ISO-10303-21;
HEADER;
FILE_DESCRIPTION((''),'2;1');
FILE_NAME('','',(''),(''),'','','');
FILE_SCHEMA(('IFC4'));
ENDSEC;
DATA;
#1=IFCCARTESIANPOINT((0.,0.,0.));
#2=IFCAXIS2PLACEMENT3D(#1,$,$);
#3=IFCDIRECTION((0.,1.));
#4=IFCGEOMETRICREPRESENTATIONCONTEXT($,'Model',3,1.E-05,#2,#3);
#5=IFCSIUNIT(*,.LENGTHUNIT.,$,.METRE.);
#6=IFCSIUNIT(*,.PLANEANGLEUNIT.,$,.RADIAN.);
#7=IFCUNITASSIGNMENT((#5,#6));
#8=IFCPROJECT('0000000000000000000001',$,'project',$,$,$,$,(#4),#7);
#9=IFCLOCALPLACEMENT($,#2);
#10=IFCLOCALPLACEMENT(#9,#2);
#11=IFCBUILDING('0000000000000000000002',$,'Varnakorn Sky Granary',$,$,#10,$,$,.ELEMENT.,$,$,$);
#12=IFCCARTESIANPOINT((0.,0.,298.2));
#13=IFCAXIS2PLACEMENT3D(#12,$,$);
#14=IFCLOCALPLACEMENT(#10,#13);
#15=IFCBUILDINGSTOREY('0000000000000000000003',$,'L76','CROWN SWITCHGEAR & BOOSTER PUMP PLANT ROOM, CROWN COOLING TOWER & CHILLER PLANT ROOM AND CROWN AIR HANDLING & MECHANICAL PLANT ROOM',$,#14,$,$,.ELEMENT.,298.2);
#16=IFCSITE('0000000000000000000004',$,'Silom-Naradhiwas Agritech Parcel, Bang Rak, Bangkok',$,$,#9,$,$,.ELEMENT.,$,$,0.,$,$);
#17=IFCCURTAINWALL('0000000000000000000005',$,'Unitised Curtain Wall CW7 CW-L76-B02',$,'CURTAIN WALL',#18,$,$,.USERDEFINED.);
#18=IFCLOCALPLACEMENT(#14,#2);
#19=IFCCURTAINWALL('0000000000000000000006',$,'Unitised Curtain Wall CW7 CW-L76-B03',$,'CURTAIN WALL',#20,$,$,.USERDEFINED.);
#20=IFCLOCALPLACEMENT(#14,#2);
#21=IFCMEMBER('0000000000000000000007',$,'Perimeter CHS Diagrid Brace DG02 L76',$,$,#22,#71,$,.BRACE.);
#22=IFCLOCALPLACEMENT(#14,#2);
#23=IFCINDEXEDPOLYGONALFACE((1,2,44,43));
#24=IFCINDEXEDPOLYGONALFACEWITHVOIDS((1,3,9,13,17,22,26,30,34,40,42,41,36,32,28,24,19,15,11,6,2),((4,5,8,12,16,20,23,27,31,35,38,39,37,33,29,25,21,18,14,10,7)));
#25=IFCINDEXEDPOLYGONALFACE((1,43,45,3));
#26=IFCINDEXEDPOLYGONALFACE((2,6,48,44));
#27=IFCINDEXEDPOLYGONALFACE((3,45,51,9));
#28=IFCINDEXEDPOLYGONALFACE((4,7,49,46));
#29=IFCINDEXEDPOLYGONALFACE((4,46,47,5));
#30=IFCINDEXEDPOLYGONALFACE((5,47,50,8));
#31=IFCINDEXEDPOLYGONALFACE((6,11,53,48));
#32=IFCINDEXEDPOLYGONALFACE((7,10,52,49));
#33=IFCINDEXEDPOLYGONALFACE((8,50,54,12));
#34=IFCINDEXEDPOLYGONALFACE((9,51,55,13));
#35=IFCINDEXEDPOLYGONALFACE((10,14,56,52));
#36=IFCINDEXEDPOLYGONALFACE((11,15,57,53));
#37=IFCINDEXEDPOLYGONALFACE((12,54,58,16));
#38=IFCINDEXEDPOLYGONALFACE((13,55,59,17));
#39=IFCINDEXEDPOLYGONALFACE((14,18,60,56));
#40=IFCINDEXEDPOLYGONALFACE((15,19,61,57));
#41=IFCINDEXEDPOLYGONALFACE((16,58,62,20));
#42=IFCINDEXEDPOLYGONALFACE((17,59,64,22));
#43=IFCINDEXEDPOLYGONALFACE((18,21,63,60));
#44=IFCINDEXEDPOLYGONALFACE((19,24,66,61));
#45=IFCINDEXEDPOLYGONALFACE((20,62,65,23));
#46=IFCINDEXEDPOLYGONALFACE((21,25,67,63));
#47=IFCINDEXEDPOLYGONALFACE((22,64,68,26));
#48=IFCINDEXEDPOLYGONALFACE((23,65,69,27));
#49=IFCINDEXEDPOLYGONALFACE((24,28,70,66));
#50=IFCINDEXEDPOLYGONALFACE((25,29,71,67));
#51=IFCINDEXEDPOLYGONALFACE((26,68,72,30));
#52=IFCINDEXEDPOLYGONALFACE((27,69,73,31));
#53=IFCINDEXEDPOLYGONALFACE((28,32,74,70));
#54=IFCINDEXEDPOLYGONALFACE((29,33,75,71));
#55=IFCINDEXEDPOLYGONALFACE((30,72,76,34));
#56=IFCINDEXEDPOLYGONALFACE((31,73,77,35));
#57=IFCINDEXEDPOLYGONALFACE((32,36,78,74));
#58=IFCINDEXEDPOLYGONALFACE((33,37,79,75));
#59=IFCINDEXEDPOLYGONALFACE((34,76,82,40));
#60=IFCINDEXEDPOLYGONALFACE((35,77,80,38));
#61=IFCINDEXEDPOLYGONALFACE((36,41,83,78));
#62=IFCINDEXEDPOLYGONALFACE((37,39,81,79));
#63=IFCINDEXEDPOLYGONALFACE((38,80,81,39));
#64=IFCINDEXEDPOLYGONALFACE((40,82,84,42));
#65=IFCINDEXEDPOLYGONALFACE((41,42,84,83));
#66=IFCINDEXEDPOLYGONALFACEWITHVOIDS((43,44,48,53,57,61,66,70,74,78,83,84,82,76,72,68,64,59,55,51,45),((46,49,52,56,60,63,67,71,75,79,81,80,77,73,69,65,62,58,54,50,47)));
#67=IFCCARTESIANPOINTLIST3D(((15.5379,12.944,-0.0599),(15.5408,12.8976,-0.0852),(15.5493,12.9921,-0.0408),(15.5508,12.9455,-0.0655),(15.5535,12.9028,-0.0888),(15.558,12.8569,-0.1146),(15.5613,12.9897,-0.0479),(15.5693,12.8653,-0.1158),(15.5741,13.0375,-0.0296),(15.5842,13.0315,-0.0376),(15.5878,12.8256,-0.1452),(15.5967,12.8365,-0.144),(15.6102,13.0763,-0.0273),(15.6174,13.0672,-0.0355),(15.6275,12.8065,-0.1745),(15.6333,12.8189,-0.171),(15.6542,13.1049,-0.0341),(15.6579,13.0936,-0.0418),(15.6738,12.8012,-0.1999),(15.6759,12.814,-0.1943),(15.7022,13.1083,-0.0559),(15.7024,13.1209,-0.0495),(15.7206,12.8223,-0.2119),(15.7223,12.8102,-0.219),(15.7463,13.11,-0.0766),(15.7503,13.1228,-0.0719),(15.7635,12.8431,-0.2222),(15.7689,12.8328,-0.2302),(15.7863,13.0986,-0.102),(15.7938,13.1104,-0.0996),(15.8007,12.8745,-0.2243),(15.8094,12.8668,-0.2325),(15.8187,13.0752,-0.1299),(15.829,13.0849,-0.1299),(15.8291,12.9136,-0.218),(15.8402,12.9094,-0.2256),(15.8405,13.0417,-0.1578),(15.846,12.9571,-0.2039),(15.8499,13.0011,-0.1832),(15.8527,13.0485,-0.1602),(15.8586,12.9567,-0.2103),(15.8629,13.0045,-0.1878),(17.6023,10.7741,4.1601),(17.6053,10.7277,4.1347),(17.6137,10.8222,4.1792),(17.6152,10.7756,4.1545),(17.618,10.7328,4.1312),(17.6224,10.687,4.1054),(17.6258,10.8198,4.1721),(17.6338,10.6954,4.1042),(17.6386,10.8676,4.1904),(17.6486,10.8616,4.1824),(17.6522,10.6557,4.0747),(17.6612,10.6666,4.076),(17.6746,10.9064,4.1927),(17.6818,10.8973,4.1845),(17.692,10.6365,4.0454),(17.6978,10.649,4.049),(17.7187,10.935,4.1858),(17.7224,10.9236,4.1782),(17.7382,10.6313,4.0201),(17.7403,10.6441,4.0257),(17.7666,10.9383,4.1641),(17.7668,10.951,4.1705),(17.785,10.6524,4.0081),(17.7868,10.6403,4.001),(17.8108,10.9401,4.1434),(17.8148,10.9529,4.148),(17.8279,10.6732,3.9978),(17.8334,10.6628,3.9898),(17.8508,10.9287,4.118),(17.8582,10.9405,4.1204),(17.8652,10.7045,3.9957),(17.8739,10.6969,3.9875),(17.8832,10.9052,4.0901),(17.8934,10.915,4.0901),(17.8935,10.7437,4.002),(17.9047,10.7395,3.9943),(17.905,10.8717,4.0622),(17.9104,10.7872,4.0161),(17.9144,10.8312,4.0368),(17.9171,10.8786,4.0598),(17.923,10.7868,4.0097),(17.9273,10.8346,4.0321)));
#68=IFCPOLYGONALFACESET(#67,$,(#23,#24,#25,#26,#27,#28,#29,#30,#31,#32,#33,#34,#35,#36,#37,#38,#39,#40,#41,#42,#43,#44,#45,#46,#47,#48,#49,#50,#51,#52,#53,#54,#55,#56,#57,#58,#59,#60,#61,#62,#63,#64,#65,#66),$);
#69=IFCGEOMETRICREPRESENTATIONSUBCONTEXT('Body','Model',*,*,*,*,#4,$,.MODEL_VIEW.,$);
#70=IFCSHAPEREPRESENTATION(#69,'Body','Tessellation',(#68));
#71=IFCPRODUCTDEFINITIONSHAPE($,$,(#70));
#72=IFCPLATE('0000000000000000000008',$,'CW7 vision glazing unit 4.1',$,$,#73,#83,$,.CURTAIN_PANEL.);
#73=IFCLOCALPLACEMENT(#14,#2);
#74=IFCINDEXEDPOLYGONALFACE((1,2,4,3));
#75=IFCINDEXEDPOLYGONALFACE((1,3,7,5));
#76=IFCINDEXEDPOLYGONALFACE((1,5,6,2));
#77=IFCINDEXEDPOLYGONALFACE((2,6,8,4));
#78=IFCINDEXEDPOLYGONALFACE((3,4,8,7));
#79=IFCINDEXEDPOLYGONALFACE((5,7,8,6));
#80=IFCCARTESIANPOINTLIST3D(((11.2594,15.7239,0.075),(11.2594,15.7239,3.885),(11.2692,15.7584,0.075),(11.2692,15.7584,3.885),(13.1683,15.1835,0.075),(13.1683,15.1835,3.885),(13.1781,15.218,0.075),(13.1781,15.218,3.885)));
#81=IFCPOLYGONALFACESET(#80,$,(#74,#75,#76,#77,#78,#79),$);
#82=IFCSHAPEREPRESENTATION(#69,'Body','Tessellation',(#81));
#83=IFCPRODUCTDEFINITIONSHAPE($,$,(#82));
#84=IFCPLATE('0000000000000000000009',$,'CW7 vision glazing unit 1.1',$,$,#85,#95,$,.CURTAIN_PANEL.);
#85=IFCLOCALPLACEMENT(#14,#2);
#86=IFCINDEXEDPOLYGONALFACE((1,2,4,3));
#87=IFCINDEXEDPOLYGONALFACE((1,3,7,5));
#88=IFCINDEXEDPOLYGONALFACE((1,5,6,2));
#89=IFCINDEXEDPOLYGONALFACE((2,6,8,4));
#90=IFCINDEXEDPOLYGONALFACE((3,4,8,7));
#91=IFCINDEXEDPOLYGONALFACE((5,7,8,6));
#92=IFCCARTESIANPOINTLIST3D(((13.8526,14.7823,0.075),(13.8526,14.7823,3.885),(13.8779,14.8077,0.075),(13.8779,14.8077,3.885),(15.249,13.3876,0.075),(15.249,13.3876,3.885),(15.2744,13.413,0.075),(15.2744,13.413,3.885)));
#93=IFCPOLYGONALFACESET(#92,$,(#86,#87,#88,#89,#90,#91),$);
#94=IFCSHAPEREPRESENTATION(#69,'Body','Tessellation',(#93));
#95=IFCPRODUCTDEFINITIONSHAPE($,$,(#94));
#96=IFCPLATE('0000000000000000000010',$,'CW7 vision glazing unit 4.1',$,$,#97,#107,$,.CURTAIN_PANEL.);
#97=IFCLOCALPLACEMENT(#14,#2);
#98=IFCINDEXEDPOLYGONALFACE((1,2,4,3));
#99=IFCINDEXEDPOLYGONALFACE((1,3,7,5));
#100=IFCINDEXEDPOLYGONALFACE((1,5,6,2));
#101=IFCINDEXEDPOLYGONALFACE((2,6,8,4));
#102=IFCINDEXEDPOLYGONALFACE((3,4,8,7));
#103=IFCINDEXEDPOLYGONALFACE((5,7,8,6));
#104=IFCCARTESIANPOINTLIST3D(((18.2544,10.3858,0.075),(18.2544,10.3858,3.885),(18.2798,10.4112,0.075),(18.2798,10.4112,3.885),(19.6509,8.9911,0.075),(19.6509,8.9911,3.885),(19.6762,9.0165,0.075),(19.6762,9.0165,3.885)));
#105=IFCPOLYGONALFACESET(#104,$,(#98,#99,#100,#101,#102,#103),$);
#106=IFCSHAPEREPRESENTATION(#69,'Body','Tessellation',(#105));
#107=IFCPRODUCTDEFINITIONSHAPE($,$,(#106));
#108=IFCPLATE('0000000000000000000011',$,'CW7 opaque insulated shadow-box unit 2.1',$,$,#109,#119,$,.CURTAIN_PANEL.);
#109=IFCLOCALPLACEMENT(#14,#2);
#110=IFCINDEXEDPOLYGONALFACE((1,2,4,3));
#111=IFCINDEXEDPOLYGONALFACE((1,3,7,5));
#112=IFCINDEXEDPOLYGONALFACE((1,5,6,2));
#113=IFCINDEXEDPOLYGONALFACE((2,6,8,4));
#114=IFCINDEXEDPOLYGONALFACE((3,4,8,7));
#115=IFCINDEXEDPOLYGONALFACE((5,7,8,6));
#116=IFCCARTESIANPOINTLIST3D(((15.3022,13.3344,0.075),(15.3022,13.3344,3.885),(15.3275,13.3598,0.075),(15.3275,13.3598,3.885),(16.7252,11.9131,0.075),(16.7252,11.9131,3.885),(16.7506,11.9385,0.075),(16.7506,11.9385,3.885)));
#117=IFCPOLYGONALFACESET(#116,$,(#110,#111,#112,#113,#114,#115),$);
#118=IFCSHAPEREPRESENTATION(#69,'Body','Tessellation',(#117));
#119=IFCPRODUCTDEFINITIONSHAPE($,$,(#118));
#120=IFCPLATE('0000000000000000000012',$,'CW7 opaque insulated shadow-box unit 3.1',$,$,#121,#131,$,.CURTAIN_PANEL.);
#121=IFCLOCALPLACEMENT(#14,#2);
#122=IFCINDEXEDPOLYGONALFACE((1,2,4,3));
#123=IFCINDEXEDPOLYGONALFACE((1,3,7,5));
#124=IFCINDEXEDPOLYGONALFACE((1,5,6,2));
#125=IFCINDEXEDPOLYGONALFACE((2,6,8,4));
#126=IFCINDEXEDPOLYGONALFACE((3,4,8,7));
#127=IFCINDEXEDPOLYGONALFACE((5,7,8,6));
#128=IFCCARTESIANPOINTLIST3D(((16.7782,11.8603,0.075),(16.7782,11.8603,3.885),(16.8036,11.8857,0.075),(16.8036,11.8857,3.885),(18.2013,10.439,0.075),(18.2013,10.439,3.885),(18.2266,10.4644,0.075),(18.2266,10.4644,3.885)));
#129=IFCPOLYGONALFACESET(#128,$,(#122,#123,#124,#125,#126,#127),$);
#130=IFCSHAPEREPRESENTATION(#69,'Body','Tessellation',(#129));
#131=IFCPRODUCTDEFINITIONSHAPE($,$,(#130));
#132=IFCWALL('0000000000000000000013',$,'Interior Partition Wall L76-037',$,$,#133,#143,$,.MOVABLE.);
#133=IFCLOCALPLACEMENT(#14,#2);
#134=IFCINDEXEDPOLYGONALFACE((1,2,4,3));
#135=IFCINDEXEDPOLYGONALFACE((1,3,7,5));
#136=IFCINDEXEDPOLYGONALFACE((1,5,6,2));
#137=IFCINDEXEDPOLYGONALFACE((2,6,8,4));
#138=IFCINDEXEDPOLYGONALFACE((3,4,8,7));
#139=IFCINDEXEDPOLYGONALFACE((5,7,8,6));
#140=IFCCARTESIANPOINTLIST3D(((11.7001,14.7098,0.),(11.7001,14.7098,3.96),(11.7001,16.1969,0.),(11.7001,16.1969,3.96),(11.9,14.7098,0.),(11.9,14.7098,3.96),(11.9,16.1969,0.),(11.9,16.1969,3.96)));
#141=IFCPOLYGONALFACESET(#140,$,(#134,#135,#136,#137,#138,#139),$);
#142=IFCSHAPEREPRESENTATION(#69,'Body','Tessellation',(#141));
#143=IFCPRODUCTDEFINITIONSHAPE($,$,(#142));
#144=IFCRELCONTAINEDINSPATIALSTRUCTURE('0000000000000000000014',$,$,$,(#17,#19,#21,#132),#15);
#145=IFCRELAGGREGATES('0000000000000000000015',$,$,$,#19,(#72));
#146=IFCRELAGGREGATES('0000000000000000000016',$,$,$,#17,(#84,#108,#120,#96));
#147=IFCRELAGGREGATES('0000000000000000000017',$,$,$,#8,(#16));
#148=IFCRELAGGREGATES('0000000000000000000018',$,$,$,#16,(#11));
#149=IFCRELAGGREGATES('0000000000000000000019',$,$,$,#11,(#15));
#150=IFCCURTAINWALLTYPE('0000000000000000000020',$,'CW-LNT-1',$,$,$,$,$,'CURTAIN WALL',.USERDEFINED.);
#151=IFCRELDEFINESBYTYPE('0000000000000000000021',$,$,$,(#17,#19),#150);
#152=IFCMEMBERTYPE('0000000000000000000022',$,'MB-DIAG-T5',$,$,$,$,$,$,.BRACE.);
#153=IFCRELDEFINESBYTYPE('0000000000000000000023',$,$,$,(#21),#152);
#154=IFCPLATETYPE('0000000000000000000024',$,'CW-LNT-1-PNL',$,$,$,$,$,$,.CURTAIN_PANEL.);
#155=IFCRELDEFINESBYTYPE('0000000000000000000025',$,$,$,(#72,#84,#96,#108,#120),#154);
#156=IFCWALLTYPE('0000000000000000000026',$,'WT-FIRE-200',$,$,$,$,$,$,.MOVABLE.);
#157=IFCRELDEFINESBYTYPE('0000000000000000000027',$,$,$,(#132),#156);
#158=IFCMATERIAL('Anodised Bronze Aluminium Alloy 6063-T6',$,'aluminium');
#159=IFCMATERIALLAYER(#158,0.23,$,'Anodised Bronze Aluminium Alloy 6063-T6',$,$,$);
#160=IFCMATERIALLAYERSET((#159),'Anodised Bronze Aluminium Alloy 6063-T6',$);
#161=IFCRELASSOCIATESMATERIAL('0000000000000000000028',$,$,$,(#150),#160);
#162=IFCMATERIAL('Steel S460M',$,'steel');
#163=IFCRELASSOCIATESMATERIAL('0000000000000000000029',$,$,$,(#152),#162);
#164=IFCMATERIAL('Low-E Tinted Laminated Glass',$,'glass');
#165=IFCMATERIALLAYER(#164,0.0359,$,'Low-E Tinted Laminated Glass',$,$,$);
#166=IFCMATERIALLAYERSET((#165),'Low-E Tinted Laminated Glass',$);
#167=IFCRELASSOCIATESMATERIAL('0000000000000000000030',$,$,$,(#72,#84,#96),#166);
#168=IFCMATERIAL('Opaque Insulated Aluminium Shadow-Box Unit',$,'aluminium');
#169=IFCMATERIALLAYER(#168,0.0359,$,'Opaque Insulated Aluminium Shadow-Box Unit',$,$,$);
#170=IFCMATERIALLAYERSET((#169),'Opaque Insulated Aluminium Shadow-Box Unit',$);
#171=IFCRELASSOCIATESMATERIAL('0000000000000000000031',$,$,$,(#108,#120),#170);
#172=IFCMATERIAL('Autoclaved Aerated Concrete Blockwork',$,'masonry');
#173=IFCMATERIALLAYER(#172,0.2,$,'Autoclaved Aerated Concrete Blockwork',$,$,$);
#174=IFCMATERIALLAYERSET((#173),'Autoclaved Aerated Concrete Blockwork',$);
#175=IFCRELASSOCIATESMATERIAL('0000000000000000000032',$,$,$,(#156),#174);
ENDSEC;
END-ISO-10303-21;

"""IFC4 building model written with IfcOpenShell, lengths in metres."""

from ifc_helpers import new_model, si_unit, direction, frame, frame_2d, origin, origin_2d, place, context, subcontext, project, spatial, rectangle, hollow_circle, extrude, source, transform, mapped, material, layer, layer_set, material_profile, profile_set, type_object, type_shapes, element, aggregate, save


model = new_model("IFC4")

# Units and contexts
model_context = context("Model", 3, precision=1e-05, world=origin(), true_north=direction((0.0, 1.0)))
body_context = subcontext(model_context, "Body", "Model", "MODEL_VIEW")
ifc_project = project(units=[si_unit("LENGTHUNIT", "METRE"), si_unit("PLANEANGLEUNIT", "RADIAN")], contexts=[model_context])

# Site, building, storey
site_placement = place(None, origin())
site = spatial("IfcSite", under=ifc_project, at=site_placement, Name="Silom-Naradhiwas Agritech Parcel, Bang Rak, Bangkok", CompositionType="ELEMENT", RefElevation=0.0)
building_placement = place(site_placement, origin())
building = spatial("IfcBuilding", under=site, at=building_placement, Name="Varnakorn Sky Granary", CompositionType="ELEMENT")
storey_placement = place(building_placement, frame((0.0, 0.0, 298.2)))
storey = spatial("IfcBuildingStorey", under=building, at=storey_placement, Name="L76", Description="CROWN SWITCHGEAR & BOOSTER PUMP PLANT ROOM, CROWN COOLING TOWER & CHILLER PLANT ROOM AND CROWN AIR HANDLING & MECHANICAL PLANT ROOM", CompositionType="ELEMENT", Elevation=298.2)

# Shared definitions
ifc_material_1 = material(Name="Steel S460M", Category="steel")

# Curtain wall
ifc_material_2 = material(Name="Anodised Bronze Aluminium Alloy 6063-T6", Category="aluminium")
ifc_layer_1 = layer(ifc_material_2, 0.23, Name="Anodised Bronze Aluminium Alloy 6063-T6")
ifc_layer_set_1 = layer_set([ifc_layer_1], Name="Anodised Bronze Aluminium Alloy 6063-T6")
curtain_wall_type = type_object("IfcCurtainWallType", Name="CW-LNT-1", ElementType="CURTAIN WALL", PredefinedType="USERDEFINED", material=ifc_layer_set_1)
curtain_wall_1_placement = place(storey_placement, origin())
curtain_wall_1 = element("IfcCurtainWall", 1, at=curtain_wall_1_placement, inside=storey, type_object=curtain_wall_type, Name="Unitised Curtain Wall CW7 CW-L76-B02", ObjectType="CURTAIN WALL", PredefinedType="USERDEFINED")

# Curtain wall
curtain_wall_2_placement = place(storey_placement, origin())
curtain_wall_2 = element("IfcCurtainWall", 2, at=curtain_wall_2_placement, inside=storey, type_object=curtain_wall_type, Name="Unitised Curtain Wall CW7 CW-L76-B03", ObjectType="CURTAIN WALL", PredefinedType="USERDEFINED")

# Member
ifc_material_profile_1 = material_profile(ifc_material_1, hollow_circle(Radius=0.1777, WallThickness=0.0142, at=origin_2d()), Name="CHS 355.6x14")
ifc_profile_set_1 = profile_set([ifc_material_profile_1], Name="Steel S460M")
member_type_1 = type_object("IfcMemberType", Name="MB-DIAG-T5", PredefinedType="BRACE", material=ifc_profile_set_1)
member_1_placement = place(storey_placement, frame((15.7002, 12.9624, -0.1299), z_axis=(0.398943, -0.419324, 0.815483), x_axis=(0.724495, 0.689281, 0.0)))
element("IfcMember", 3, at=member_1_placement, inside=storey, type_object=member_type_1, Name="Perimeter CHS Diagrid Brace DG02 L76", PredefinedType="BRACE", context=body_context, shape_type="SweptSolid", body=[
    extrude(hollow_circle(Radius=0.1777, WallThickness=0.0142, at=origin_2d()), origin(), (0.0, 0.0, 1.0), 5.1748),
])

# Plates
ifc_material_3 = material(Name="Low-E Tinted Laminated Glass", Category="glass")
ifc_layer_2 = layer(ifc_material_3, 0.0359, Name="Low-E Tinted Laminated Glass")
ifc_layer_set_2 = layer_set([ifc_layer_2], Name="Low-E Tinted Laminated Glass")
plate_type = type_object("IfcPlateType", Name="CW-LNT-1-PNL", PredefinedType="CURTAIN_PANEL")
shared_shape_1 = source(origin(), body_context, "Body", "SweptSolid", [
    extrude(rectangle(XDim=1.9839, YDim=0.0359, at=origin_2d()), origin(), (0.0, 0.0, 1.0), 3.8101),
])
plate_1_placement = place(storey_placement, frame((12.2188, 15.4709, 0.075), z_axis=(0.0, 0.0, 1.0), x_axis=(0.962189, -0.272381, 0.0)))
plate_1 = element("IfcPlate", 4, at=plate_1_placement, type_object=plate_type, material=ifc_layer_set_2, Name="CW7 vision glazing unit 4.1", PredefinedType="CURTAIN_PANEL", context=body_context, shape_type="MappedRepresentation", body=[
    mapped(shared_shape_1, transform((0.0, 0.0, 0.0), x_axis=(1.0, 0.0, 0.0), y_axis=(0.0, 1.0, 0.0), z_axis=(0.0, 0.0, 1.0), scale=1.0)),
])
aggregate(curtain_wall_2, [plate_1])
shared_shape_2 = source(origin(), body_context, "Body", "SweptSolid", [
    extrude(rectangle(XDim=1.9736, YDim=0.0359, at=origin_2d()), origin(), (0.0, 0.0, 1.0), 3.8101),
])
plate_2_placement = place(storey_placement, frame((14.5635, 14.0977, 0.075), z_axis=(0.0, 0.0, 1.0), x_axis=(0.70755, -0.706663, 0.0)))
plate_2 = element("IfcPlate", 5, at=plate_2_placement, type_object=plate_type, material=ifc_layer_set_2, Name="CW7 vision glazing unit 1.1", PredefinedType="CURTAIN_PANEL", context=body_context, shape_type="MappedRepresentation", body=[
    mapped(shared_shape_2, transform((0.0, 0.0, 0.0), x_axis=(1.0, 0.0, 0.0), y_axis=(0.0, 1.0, 0.0), z_axis=(0.0, 0.0, 1.0), scale=1.0)),
])
plate_3_placement = place(storey_placement, frame((18.9653, 9.7012, 0.075), z_axis=(0.0, 0.0, 1.0), x_axis=(0.70755, -0.706663, 0.0)))
plate_3 = element("IfcPlate", 6, at=plate_3_placement, type_object=plate_type, material=ifc_layer_set_2, Name="CW7 vision glazing unit 4.1", PredefinedType="CURTAIN_PANEL", context=body_context, shape_type="MappedRepresentation", body=[
    mapped(shared_shape_2, transform((0.0, 0.0, 0.0), x_axis=(1.0, 0.0, 0.0), y_axis=(0.0, 1.0, 0.0), z_axis=(0.0, 0.0, 1.0), scale=1.0)),
])
ifc_material_4 = material(Name="Opaque Insulated Aluminium Shadow-Box Unit", Category="aluminium")
ifc_layer_3 = layer(ifc_material_4, 0.0359, Name="Opaque Insulated Aluminium Shadow-Box Unit")
ifc_layer_set_3 = layer_set([ifc_layer_3], Name="Opaque Insulated Aluminium Shadow-Box Unit")
shared_shape_3 = source(origin(), body_context, "Body", "SweptSolid", [
    extrude(rectangle(XDim=2.0112, YDim=0.0359, at=origin_2d()), origin(), (0.0, 0.0, 1.0), 3.8101),
])
type_shapes(plate_type, [shared_shape_1, shared_shape_2, shared_shape_3])
plate_4_placement = place(storey_placement, frame((16.0264, 12.6365, 0.075), z_axis=(0.0, 0.0, 1.0), x_axis=(0.70755, -0.706663, 0.0)))
plate_4 = element("IfcPlate", 7, at=plate_4_placement, type_object=plate_type, material=ifc_layer_set_3, Name="CW7 opaque insulated shadow-box unit 2.1", PredefinedType="CURTAIN_PANEL", context=body_context, shape_type="MappedRepresentation", body=[
    mapped(shared_shape_3, transform((0.0, 0.0, 0.0), x_axis=(1.0, 0.0, 0.0), y_axis=(0.0, 1.0, 0.0), z_axis=(0.0, 0.0, 1.0), scale=1.0)),
])
plate_5_placement = place(storey_placement, frame((17.5024, 11.1624, 0.075), z_axis=(0.0, 0.0, 1.0), x_axis=(0.70755, -0.706663, 0.0)))
plate_5 = element("IfcPlate", 8, at=plate_5_placement, type_object=plate_type, material=ifc_layer_set_3, Name="CW7 opaque insulated shadow-box unit 3.1", PredefinedType="CURTAIN_PANEL", context=body_context, shape_type="MappedRepresentation", body=[
    mapped(shared_shape_3, transform((0.0, 0.0, 0.0), x_axis=(1.0, 0.0, 0.0), y_axis=(0.0, 1.0, 0.0), z_axis=(0.0, 0.0, 1.0), scale=1.0)),
])
aggregate(curtain_wall_1, [plate_2, plate_4, plate_5, plate_3])

# Wall
ifc_material_5 = material(Name="Autoclaved Aerated Concrete Blockwork", Category="masonry")
ifc_layer_4 = layer(ifc_material_5, 0.2, Name="Autoclaved Aerated Concrete Blockwork")
ifc_layer_set_4 = layer_set([ifc_layer_4], Name="Autoclaved Aerated Concrete Blockwork")
wall_type = type_object("IfcWallType", Name="WT-FIRE-200", PredefinedType="MOVABLE", material=ifc_layer_set_4)
wall_placement = place(storey_placement, frame((11.8, 16.197, 0.0), z_axis=(0.0, 0.0, 1.0), x_axis=(0.0, -1.0, 0.0)))
element("IfcWall", 9, at=wall_placement, inside=storey, type_object=wall_type, Name="Interior Partition Wall L76-037", PredefinedType="MOVABLE", context=body_context, shape_type="SweptSolid", body=[
    extrude(rectangle(XDim=1.4871, YDim=0.2, at=frame_2d((0.7437, 0.0))), origin(), (0.0, 0.0, 1.0), 3.96),
])

save(model, "model.ifc")
